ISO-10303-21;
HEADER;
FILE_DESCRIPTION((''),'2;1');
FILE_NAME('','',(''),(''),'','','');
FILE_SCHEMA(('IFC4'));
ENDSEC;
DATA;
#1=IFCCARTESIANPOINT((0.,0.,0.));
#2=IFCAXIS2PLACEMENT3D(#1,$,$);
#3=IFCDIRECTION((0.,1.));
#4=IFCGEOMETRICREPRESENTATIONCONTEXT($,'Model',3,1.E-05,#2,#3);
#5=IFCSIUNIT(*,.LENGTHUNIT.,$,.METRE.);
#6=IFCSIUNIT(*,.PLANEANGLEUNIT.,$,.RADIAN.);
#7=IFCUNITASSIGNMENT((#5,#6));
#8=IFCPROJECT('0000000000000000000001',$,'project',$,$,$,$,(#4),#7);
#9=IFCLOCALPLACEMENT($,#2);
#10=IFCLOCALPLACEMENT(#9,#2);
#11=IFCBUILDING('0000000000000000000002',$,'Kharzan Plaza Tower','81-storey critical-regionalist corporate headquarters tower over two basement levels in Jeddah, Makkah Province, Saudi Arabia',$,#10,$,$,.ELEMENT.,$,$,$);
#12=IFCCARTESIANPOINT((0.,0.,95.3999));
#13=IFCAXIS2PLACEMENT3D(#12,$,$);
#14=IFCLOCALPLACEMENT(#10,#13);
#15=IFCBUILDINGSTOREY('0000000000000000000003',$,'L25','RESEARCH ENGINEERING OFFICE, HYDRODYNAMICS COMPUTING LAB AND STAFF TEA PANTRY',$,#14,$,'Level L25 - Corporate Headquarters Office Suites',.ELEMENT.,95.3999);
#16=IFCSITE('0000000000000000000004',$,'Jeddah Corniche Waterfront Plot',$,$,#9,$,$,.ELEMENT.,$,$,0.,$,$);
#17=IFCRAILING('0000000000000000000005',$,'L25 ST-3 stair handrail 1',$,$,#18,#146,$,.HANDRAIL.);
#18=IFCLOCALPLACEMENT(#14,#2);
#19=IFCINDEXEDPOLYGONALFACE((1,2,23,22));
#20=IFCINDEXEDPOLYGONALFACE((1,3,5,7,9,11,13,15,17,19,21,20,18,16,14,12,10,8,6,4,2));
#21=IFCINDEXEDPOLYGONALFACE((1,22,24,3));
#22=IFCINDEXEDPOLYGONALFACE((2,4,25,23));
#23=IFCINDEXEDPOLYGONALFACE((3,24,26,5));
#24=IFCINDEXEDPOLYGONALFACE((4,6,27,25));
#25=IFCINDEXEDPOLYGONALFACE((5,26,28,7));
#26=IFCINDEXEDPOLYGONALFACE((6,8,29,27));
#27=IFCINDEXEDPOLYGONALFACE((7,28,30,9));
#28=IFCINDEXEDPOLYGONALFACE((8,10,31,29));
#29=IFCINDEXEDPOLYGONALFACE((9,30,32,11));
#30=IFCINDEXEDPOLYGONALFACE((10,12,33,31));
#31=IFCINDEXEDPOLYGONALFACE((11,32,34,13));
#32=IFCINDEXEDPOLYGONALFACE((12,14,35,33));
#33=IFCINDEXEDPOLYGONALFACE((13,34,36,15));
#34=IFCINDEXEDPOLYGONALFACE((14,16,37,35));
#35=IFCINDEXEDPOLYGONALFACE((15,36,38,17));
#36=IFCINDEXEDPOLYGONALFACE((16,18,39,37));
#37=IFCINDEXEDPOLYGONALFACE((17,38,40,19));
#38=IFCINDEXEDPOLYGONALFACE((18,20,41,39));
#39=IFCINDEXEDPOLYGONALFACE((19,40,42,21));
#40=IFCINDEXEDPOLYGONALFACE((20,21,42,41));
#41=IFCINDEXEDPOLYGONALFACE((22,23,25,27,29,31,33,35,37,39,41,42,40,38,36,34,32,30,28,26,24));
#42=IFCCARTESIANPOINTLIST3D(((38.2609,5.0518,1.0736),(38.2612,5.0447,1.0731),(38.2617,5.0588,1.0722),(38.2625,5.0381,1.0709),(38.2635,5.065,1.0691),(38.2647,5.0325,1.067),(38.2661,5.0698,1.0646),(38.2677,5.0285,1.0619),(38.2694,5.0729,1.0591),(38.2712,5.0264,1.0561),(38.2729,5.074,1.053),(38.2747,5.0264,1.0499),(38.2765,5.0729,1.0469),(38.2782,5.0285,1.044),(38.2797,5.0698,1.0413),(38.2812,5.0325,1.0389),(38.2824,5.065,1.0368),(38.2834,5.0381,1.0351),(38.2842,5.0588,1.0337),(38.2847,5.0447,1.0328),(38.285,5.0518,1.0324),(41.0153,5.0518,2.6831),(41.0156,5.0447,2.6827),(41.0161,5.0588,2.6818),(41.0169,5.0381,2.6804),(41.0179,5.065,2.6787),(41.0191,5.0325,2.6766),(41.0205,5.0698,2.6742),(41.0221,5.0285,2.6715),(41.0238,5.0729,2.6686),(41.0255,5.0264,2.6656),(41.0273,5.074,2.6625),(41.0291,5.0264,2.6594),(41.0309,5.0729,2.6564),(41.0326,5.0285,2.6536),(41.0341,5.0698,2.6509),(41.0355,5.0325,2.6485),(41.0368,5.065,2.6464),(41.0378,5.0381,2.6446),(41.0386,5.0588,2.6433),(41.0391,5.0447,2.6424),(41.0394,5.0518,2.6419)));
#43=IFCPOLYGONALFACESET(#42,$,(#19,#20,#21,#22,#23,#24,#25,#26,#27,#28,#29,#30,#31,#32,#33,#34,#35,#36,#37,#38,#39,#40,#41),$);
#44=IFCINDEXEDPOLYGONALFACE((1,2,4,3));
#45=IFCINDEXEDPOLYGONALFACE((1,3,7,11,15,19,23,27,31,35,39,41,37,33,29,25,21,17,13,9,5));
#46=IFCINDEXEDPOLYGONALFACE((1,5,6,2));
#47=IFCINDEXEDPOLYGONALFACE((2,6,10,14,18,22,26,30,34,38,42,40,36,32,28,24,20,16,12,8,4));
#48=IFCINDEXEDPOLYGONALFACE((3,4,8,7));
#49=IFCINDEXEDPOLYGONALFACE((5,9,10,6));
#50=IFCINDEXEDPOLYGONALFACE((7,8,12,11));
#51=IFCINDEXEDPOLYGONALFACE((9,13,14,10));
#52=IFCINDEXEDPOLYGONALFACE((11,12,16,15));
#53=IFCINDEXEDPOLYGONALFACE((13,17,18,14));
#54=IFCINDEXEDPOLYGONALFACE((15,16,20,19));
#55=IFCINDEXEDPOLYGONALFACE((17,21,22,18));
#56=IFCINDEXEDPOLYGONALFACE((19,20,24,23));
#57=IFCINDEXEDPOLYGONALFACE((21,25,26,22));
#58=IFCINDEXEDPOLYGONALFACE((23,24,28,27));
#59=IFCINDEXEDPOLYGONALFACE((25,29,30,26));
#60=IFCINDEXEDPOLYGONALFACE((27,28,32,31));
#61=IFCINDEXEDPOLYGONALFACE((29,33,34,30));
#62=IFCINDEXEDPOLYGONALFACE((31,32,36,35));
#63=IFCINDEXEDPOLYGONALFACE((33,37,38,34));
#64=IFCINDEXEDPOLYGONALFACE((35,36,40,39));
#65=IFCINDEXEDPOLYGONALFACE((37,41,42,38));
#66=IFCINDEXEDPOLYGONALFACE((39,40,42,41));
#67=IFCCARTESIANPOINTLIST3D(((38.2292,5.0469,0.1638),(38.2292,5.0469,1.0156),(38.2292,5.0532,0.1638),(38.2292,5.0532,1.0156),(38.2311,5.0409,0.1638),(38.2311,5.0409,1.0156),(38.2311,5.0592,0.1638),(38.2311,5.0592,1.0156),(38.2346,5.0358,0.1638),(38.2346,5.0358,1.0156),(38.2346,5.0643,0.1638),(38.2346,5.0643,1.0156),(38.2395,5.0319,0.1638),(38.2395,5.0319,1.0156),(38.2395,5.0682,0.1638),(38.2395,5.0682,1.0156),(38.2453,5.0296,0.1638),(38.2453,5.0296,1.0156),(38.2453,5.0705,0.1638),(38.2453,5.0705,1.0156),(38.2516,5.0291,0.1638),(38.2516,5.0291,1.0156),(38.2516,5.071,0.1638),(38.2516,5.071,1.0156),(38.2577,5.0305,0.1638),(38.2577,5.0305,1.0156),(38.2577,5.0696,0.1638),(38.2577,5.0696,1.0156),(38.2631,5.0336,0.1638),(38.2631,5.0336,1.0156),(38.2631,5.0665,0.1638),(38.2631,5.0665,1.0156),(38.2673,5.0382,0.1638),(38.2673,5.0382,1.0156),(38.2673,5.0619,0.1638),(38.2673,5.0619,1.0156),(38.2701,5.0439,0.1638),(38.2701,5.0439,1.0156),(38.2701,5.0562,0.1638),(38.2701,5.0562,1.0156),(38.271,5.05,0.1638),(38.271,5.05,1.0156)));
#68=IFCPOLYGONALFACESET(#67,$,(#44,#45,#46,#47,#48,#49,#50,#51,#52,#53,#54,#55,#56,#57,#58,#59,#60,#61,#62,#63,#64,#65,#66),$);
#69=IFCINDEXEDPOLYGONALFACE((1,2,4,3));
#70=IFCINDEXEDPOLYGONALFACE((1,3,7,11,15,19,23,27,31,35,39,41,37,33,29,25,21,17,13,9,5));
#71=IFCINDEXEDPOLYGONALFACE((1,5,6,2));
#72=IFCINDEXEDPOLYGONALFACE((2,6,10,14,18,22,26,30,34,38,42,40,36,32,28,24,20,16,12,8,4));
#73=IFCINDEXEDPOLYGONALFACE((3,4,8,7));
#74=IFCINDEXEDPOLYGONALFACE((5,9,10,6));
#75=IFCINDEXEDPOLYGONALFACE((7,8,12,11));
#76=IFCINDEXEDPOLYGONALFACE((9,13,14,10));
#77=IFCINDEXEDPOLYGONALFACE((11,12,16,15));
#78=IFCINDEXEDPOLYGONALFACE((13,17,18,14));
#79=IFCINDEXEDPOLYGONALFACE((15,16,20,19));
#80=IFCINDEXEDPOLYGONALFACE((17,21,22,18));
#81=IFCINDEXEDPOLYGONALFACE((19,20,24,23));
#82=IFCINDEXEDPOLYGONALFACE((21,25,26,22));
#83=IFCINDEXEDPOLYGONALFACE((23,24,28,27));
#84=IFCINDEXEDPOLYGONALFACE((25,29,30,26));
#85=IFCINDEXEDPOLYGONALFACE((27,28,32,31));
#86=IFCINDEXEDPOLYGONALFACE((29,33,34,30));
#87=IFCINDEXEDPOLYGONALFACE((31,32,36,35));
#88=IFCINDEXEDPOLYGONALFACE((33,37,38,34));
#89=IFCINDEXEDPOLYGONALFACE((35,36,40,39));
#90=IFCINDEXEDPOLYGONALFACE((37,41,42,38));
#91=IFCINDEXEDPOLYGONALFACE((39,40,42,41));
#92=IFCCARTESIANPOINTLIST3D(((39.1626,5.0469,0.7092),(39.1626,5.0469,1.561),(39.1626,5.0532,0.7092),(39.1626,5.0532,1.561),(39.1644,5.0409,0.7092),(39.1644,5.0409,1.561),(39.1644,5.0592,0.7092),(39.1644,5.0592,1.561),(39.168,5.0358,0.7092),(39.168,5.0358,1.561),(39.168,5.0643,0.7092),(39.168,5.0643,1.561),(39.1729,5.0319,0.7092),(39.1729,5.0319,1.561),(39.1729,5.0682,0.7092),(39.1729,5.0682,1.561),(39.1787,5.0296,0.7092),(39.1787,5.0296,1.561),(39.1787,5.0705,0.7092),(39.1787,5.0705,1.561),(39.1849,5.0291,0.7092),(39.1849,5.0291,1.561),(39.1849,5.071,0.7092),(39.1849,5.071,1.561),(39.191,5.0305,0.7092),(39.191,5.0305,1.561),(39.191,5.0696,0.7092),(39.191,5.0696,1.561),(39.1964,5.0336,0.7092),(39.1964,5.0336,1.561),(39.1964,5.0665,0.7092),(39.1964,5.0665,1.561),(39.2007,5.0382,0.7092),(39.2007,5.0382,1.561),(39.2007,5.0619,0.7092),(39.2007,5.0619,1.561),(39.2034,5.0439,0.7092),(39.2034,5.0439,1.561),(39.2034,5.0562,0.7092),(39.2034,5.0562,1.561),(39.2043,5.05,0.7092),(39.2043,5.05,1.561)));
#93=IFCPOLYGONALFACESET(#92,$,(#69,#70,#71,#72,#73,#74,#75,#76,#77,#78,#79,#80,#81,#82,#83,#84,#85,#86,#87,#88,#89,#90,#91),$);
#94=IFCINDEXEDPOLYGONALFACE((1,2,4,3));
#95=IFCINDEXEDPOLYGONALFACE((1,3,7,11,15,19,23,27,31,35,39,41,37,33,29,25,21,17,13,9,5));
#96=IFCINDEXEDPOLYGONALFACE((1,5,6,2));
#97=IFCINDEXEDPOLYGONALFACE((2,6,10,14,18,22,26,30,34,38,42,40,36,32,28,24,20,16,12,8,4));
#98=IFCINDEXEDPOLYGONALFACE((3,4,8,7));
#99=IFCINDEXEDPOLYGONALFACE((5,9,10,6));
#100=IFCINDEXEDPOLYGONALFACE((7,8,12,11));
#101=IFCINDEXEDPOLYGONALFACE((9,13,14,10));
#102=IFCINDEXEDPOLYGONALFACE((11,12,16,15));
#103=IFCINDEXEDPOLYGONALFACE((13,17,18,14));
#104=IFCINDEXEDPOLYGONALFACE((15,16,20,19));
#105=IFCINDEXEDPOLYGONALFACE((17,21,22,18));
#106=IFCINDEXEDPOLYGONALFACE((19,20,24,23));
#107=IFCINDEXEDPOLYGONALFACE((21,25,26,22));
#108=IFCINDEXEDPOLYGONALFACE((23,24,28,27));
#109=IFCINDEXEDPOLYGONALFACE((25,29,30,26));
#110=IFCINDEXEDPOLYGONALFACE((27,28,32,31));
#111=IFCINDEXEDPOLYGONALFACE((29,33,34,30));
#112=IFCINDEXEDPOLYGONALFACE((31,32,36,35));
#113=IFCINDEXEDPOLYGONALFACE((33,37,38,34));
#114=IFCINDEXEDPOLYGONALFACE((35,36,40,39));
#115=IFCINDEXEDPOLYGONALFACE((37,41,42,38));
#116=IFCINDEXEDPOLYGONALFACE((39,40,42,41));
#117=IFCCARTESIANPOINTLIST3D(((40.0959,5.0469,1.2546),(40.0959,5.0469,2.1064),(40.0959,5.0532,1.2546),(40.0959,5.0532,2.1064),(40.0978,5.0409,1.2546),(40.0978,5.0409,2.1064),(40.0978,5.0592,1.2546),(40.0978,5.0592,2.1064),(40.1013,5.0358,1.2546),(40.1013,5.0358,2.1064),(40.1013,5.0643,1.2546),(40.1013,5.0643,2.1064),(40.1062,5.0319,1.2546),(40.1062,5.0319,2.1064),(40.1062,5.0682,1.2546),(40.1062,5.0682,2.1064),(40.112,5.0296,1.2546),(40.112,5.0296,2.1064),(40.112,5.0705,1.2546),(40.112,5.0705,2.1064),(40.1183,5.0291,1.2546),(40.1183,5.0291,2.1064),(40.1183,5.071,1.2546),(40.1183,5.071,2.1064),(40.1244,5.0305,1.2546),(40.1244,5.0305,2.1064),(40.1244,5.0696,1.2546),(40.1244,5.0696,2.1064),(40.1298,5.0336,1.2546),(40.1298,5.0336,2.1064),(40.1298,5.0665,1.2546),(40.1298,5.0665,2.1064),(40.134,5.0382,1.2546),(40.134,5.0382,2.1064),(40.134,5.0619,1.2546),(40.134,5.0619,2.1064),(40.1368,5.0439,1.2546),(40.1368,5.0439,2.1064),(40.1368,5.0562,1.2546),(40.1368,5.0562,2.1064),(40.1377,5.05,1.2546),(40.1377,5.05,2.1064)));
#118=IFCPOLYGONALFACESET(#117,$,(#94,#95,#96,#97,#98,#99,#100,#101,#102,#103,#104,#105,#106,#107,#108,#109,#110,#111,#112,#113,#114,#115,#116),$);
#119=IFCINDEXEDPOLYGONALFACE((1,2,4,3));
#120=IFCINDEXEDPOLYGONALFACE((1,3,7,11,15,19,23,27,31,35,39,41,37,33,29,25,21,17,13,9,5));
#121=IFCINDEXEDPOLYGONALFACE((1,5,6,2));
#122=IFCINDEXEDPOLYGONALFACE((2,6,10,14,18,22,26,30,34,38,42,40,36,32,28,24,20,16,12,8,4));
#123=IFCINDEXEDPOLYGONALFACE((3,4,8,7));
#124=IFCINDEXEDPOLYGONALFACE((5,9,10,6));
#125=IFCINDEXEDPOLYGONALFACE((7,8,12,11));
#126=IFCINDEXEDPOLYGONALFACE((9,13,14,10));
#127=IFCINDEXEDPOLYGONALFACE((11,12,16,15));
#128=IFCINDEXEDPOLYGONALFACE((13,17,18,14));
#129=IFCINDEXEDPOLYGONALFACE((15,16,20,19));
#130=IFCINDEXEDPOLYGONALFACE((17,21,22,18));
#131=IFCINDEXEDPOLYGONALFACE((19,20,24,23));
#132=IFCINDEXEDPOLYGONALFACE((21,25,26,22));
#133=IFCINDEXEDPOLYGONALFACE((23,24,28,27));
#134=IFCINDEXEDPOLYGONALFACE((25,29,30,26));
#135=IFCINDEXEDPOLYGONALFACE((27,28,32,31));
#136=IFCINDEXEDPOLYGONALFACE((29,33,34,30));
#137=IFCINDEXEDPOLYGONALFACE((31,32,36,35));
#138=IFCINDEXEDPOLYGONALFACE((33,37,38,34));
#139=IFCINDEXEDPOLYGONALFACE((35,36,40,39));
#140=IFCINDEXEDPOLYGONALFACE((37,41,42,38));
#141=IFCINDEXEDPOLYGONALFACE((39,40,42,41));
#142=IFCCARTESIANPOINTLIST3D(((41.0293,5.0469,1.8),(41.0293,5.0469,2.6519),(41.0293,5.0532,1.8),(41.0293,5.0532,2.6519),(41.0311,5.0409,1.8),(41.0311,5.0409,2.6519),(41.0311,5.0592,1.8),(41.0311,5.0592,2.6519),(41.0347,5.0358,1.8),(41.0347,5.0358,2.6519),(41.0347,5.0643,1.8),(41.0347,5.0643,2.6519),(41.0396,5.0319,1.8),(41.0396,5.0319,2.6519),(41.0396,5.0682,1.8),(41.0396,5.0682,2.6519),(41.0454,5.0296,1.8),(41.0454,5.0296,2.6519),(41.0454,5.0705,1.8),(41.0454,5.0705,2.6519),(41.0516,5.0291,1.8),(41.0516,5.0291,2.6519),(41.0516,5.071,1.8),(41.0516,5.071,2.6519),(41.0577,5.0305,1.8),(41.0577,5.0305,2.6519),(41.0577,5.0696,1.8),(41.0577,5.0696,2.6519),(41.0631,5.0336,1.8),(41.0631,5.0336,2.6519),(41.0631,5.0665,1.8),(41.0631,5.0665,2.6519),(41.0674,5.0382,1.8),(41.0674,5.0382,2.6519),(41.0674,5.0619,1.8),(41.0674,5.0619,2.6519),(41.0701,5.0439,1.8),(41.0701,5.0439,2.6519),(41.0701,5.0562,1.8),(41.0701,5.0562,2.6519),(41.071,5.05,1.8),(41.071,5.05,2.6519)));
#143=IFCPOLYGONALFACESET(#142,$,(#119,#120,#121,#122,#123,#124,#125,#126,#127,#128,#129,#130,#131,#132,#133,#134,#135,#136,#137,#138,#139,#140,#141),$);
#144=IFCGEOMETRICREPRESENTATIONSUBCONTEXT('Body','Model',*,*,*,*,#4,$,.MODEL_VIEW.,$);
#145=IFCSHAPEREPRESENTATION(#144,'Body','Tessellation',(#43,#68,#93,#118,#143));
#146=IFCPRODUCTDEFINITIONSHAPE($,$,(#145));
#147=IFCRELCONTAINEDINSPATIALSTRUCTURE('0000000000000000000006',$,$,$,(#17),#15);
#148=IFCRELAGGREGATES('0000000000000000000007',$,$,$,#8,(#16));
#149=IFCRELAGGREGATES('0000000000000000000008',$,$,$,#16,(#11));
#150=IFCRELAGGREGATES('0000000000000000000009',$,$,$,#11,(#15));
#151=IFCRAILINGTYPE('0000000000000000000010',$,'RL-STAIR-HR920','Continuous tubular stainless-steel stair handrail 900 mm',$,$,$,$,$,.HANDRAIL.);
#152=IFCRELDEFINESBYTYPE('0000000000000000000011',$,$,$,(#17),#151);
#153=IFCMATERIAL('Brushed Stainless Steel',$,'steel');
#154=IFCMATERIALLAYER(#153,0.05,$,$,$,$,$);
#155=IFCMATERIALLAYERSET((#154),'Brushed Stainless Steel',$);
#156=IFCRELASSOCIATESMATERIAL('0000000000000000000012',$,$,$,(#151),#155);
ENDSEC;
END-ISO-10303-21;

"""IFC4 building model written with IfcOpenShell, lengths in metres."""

from ifc_helpers import new_model, si_unit, direction, frame, origin, origin_2d, place, context, subcontext, project, spatial, circle, extrude, source, transform, mapped, material, layer, layer_set, type_object, element, save


model = new_model("IFC4")

# Units and contexts
model_context = context("Model", 3, precision=1e-05, world=origin(), true_north=direction((0.0, 1.0)))
body_context = subcontext(model_context, "Body", "Model", "MODEL_VIEW")
ifc_project = project(units=[si_unit("LENGTHUNIT", "METRE"), si_unit("PLANEANGLEUNIT", "RADIAN")], contexts=[model_context])

# Site, building, storey
site_placement = place(None, origin())
site = spatial("IfcSite", under=ifc_project, at=site_placement, Name="Jeddah Corniche Waterfront Plot", CompositionType="ELEMENT", RefElevation=0.0)
building_placement = place(site_placement, origin())
building = spatial("IfcBuilding", under=site, at=building_placement, Name="Kharzan Plaza Tower", Description="81-storey critical-regionalist corporate headquarters tower over two basement levels in Jeddah, Makkah Province, Saudi Arabia", CompositionType="ELEMENT")
storey_placement = place(building_placement, frame((0.0, 0.0, 95.3999)))
storey = spatial("IfcBuildingStorey", under=building, at=storey_placement, Name="L25", Description="RESEARCH ENGINEERING OFFICE, HYDRODYNAMICS COMPUTING LAB AND STAFF TEA PANTRY", LongName="Level L25 - Corporate Headquarters Office Suites", CompositionType="ELEMENT", Elevation=95.3999)

# Shared definitions
ifc_material_1 = material(Name="Brushed Stainless Steel", Category="steel")

# Railing
ifc_layer_1 = layer(ifc_material_1, 0.05)
ifc_layer_set_1 = layer_set([ifc_layer_1], Name="Brushed Stainless Steel")
railing_type_1 = type_object("IfcRailingType", Name="RL-STAIR-HR920", Description="Continuous tubular stainless-steel stair handrail 900 mm", PredefinedType="HANDRAIL", material=ifc_layer_set_1)
shared_shape_1 = source(origin(), body_context, "Body", "SweptSolid", [
    extrude(circle(Radius=0.0239, at=origin_2d()), frame((0.0229, 0.0, 0.8892), z_axis=(0.863394, 0.0, 0.504531), x_axis=(0.0, 1.0, 0.0)), (0.0, 0.0, 1.0), 3.1902),
    extrude(circle(Radius=0.021, at=origin_2d()), origin(), (0.0, 0.0, 1.0), 0.8518),
    extrude(circle(Radius=0.021, at=origin_2d()), frame((0.9333, 0.0, 0.5454)), (0.0, 0.0, 1.0), 0.8518),
    extrude(circle(Radius=0.021, at=origin_2d()), frame((1.8667, 0.0, 1.0908)), (0.0, 0.0, 1.0), 0.8518),
    extrude(circle(Radius=0.021, at=origin_2d()), frame((2.8, 0.0, 1.6362)), (0.0, 0.0, 1.0), 0.8518),
])
railing_1_placement = place(storey_placement, frame((38.25, 5.05, 0.1638)))
element("IfcRailing", 1, at=railing_1_placement, inside=storey, type_object=railing_type_1, Name="L25 ST-3 stair handrail 1", PredefinedType="HANDRAIL", context=body_context, shape_type="MappedRepresentation", body=[
    mapped(shared_shape_1, transform((0.0, 0.0, 0.0), x_axis=(1.0, 0.0, 0.0), y_axis=(0.0, 1.0, 0.0), z_axis=(0.0, 0.0, 1.0))),
])

save(model, "model.ifc")
